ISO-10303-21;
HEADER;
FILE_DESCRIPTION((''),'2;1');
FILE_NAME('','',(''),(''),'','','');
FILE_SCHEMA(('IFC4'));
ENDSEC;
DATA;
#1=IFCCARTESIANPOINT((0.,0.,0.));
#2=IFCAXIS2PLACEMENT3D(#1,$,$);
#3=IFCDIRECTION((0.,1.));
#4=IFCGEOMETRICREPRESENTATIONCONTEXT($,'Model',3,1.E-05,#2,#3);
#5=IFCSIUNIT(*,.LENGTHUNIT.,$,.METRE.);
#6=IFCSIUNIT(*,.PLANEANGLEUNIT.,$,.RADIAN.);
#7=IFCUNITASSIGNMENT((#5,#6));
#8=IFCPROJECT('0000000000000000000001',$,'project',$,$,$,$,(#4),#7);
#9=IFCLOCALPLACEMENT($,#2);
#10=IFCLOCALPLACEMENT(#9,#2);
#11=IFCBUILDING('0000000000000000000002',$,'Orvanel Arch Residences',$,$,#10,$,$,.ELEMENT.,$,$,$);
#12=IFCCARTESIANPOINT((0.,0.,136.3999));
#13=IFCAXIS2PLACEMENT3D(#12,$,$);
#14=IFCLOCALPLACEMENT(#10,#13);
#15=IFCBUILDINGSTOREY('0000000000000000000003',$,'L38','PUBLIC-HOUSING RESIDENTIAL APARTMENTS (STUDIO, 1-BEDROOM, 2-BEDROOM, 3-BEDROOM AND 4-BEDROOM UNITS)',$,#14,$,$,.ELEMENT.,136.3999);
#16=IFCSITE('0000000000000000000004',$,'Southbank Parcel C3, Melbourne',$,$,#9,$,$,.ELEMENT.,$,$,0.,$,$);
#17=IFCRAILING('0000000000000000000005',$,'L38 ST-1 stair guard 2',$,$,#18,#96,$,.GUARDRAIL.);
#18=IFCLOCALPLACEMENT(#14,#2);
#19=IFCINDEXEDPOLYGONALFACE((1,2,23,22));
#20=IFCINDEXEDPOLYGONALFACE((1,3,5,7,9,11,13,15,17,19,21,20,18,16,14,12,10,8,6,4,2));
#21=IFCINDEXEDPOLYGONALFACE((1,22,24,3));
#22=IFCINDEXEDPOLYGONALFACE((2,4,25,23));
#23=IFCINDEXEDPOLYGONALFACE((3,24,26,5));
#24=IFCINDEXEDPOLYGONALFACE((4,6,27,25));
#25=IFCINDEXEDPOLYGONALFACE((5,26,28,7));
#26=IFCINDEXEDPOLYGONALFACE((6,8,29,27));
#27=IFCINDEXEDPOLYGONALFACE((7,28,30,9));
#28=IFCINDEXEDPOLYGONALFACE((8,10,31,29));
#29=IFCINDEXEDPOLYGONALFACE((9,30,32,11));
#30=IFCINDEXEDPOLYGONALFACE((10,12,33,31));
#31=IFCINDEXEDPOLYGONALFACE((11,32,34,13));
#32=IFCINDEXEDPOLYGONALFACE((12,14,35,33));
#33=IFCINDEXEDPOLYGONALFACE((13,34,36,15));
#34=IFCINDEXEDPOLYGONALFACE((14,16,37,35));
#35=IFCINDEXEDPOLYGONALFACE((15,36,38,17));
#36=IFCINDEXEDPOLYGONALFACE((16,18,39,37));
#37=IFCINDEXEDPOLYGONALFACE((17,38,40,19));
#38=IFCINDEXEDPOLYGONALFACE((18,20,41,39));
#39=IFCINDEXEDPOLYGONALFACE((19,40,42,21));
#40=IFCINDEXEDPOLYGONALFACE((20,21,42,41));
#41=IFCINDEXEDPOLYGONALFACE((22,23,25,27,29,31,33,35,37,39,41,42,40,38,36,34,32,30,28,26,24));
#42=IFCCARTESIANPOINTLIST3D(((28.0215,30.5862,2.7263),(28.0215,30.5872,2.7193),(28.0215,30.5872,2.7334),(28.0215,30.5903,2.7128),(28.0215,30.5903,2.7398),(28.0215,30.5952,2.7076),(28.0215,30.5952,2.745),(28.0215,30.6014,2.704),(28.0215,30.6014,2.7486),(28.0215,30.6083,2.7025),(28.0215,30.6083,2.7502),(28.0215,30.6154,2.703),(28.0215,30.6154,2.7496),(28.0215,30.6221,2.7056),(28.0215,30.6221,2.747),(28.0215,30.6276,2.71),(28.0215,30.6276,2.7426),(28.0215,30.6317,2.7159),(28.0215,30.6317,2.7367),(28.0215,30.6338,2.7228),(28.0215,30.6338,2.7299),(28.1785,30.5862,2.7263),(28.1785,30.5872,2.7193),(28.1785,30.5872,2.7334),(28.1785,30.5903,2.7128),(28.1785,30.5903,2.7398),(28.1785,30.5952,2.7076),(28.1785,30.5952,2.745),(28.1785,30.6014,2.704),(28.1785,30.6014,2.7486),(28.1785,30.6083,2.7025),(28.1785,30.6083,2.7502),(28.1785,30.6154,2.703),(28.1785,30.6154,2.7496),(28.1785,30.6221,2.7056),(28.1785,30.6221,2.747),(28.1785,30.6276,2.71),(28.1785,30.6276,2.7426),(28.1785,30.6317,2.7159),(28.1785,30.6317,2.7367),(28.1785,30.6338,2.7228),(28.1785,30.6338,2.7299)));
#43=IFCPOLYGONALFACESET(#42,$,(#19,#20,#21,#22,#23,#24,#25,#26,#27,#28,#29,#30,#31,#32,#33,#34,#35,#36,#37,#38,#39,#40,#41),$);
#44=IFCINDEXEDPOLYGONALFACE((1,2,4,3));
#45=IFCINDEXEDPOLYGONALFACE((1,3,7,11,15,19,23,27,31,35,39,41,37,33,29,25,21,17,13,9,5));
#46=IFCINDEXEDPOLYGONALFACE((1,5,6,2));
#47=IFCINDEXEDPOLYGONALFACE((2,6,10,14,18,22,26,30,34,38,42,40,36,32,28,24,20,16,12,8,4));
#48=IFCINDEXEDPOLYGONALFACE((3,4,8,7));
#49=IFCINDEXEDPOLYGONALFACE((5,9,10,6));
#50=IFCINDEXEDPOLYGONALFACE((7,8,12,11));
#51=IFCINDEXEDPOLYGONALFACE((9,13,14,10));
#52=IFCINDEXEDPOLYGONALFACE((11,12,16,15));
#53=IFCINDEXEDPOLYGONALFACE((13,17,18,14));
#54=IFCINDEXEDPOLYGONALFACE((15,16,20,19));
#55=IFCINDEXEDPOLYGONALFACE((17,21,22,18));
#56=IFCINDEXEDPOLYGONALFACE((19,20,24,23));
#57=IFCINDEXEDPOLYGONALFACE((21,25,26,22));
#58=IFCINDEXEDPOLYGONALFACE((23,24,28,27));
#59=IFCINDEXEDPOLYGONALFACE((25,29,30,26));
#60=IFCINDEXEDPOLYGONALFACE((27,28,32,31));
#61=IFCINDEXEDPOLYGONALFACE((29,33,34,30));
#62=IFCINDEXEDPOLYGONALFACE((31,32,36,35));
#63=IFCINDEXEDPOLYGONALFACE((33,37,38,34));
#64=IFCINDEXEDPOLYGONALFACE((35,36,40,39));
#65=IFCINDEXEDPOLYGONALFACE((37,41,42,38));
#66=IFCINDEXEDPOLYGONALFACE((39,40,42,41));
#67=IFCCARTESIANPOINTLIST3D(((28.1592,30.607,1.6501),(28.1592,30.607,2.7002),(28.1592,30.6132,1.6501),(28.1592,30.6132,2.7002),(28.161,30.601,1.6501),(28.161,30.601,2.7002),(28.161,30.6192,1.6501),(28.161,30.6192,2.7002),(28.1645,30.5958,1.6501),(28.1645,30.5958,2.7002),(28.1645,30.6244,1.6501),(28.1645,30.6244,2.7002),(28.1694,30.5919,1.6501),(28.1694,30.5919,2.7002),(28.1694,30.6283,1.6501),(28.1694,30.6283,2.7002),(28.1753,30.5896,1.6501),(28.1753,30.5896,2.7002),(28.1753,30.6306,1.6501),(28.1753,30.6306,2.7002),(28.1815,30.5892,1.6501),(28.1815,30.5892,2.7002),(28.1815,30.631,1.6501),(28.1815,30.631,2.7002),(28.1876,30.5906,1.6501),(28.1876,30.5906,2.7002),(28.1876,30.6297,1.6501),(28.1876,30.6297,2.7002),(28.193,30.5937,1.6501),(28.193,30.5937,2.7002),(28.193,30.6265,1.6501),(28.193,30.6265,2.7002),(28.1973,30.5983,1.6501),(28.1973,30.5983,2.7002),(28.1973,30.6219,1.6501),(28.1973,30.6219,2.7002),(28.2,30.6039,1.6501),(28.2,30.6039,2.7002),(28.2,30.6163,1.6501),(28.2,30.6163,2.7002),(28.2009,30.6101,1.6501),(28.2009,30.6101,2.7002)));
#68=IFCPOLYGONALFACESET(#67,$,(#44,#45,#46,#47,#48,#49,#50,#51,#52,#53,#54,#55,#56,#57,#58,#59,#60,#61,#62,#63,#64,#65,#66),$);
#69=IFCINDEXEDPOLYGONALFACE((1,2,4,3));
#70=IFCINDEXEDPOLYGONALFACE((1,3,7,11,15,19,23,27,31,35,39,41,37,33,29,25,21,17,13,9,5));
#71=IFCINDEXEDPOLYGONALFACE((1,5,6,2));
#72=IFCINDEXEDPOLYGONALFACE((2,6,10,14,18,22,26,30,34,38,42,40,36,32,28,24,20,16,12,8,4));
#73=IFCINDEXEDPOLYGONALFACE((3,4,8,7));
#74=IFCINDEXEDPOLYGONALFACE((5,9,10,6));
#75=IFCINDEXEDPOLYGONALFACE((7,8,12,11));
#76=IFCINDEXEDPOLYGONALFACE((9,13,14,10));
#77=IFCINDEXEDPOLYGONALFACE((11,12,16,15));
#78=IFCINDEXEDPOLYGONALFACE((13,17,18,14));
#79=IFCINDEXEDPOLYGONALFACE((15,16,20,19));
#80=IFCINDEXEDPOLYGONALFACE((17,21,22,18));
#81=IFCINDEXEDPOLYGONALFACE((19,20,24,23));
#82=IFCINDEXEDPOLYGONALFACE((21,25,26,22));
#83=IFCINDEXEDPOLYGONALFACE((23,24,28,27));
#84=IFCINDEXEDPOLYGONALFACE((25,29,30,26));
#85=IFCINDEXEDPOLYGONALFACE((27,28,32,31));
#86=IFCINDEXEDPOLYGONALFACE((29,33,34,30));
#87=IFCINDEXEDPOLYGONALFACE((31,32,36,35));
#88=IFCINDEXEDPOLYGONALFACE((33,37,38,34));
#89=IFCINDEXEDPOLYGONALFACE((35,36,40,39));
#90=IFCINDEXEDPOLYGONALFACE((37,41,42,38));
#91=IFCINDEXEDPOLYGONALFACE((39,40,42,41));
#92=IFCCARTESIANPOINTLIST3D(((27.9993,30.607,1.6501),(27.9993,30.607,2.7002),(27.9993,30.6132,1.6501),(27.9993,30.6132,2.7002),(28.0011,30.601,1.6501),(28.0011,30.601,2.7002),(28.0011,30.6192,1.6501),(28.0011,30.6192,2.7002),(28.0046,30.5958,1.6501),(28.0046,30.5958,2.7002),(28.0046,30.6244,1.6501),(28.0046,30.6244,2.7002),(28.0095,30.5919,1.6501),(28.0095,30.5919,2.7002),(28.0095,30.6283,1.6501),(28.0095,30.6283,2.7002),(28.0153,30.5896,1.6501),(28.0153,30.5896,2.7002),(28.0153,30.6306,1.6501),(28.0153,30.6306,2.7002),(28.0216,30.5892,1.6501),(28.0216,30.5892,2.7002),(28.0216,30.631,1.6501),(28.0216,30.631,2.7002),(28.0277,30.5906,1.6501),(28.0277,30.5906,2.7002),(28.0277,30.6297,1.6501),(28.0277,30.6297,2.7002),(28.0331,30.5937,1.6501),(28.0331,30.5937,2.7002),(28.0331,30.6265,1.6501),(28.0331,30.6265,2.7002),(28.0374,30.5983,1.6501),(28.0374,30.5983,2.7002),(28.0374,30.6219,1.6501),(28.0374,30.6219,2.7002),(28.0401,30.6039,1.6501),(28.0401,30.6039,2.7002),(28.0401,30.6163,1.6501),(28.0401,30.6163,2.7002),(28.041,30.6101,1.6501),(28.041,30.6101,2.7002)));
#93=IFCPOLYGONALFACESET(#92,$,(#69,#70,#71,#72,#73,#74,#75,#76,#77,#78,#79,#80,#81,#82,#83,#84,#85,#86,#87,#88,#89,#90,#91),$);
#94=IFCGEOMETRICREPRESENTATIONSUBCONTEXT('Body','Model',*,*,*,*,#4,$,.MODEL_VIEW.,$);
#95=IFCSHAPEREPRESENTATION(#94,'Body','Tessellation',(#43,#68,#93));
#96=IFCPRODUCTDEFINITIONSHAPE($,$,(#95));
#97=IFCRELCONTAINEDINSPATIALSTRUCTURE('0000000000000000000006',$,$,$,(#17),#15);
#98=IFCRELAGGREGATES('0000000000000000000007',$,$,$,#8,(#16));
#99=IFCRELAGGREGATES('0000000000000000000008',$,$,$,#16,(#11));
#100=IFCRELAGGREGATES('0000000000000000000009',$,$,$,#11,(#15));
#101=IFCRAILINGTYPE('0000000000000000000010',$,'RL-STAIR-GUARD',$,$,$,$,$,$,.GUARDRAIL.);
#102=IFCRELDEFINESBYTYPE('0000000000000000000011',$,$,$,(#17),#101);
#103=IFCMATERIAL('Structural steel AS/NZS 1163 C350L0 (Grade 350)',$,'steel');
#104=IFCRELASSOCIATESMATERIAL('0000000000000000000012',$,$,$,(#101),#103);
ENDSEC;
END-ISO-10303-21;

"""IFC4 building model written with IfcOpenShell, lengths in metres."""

from ifc_helpers import new_model, si_unit, direction, frame, origin, origin_2d, place, context, subcontext, project, spatial, circle, extrude, material, type_object, element, save


model = new_model("IFC4")

# Units and contexts
model_context = context("Model", 3, precision=1e-05, world=origin(), true_north=direction((0.0, 1.0)))
body_context = subcontext(model_context, "Body", "Model", "MODEL_VIEW")
ifc_project = project(units=[si_unit("LENGTHUNIT", "METRE"), si_unit("PLANEANGLEUNIT", "RADIAN")], contexts=[model_context])

# Site, building, storey
site_placement = place(None, origin())
site = spatial("IfcSite", under=ifc_project, at=site_placement, Name="Southbank Parcel C3, Melbourne", CompositionType="ELEMENT", RefElevation=0.0)
building_placement = place(site_placement, origin())
building = spatial("IfcBuilding", under=site, at=building_placement, Name="Orvanel Arch Residences", CompositionType="ELEMENT")
storey_placement = place(building_placement, frame((0.0, 0.0, 136.3999)))
storey = spatial("IfcBuildingStorey", under=building, at=storey_placement, Name="L38", Description="PUBLIC-HOUSING RESIDENTIAL APARTMENTS (STUDIO, 1-BEDROOM, 2-BEDROOM, 3-BEDROOM AND 4-BEDROOM UNITS)", CompositionType="ELEMENT", Elevation=136.3999)

# Railing
ifc_material_1 = material(Name="Structural steel AS/NZS 1163 C350L0 (Grade 350)", Category="steel")
railing_type_1 = type_object("IfcRailingType", Name="RL-STAIR-GUARD", PredefinedType="GUARDRAIL", material=ifc_material_1)
railing_1_placement = place(storey_placement, frame((28.1799, 30.6101, 1.6501)))
element("IfcRailing", 1, at=railing_1_placement, inside=storey, type_object=railing_type_1, Name="L38 ST-1 stair guard 2", PredefinedType="GUARDRAIL", context=body_context, shape_type="SweptSolid", body=[
    extrude(circle(Radius=0.0239, at=origin_2d()), frame((-0.0015, 0.0, 1.0762), z_axis=(-1.0, 0.0, 0.0), x_axis=(0.0, -1.0, 0.0)), (0.0, 0.0, 1.0), 0.157),
    extrude(circle(Radius=0.021, at=origin_2d()), origin(), (0.0, 0.0, 1.0), 1.05),
    extrude(circle(Radius=0.021, at=origin_2d()), frame((-0.1599, 0.0, 0.0)), (0.0, 0.0, 1.0), 1.05),
])

save(model, "model.ifc")
